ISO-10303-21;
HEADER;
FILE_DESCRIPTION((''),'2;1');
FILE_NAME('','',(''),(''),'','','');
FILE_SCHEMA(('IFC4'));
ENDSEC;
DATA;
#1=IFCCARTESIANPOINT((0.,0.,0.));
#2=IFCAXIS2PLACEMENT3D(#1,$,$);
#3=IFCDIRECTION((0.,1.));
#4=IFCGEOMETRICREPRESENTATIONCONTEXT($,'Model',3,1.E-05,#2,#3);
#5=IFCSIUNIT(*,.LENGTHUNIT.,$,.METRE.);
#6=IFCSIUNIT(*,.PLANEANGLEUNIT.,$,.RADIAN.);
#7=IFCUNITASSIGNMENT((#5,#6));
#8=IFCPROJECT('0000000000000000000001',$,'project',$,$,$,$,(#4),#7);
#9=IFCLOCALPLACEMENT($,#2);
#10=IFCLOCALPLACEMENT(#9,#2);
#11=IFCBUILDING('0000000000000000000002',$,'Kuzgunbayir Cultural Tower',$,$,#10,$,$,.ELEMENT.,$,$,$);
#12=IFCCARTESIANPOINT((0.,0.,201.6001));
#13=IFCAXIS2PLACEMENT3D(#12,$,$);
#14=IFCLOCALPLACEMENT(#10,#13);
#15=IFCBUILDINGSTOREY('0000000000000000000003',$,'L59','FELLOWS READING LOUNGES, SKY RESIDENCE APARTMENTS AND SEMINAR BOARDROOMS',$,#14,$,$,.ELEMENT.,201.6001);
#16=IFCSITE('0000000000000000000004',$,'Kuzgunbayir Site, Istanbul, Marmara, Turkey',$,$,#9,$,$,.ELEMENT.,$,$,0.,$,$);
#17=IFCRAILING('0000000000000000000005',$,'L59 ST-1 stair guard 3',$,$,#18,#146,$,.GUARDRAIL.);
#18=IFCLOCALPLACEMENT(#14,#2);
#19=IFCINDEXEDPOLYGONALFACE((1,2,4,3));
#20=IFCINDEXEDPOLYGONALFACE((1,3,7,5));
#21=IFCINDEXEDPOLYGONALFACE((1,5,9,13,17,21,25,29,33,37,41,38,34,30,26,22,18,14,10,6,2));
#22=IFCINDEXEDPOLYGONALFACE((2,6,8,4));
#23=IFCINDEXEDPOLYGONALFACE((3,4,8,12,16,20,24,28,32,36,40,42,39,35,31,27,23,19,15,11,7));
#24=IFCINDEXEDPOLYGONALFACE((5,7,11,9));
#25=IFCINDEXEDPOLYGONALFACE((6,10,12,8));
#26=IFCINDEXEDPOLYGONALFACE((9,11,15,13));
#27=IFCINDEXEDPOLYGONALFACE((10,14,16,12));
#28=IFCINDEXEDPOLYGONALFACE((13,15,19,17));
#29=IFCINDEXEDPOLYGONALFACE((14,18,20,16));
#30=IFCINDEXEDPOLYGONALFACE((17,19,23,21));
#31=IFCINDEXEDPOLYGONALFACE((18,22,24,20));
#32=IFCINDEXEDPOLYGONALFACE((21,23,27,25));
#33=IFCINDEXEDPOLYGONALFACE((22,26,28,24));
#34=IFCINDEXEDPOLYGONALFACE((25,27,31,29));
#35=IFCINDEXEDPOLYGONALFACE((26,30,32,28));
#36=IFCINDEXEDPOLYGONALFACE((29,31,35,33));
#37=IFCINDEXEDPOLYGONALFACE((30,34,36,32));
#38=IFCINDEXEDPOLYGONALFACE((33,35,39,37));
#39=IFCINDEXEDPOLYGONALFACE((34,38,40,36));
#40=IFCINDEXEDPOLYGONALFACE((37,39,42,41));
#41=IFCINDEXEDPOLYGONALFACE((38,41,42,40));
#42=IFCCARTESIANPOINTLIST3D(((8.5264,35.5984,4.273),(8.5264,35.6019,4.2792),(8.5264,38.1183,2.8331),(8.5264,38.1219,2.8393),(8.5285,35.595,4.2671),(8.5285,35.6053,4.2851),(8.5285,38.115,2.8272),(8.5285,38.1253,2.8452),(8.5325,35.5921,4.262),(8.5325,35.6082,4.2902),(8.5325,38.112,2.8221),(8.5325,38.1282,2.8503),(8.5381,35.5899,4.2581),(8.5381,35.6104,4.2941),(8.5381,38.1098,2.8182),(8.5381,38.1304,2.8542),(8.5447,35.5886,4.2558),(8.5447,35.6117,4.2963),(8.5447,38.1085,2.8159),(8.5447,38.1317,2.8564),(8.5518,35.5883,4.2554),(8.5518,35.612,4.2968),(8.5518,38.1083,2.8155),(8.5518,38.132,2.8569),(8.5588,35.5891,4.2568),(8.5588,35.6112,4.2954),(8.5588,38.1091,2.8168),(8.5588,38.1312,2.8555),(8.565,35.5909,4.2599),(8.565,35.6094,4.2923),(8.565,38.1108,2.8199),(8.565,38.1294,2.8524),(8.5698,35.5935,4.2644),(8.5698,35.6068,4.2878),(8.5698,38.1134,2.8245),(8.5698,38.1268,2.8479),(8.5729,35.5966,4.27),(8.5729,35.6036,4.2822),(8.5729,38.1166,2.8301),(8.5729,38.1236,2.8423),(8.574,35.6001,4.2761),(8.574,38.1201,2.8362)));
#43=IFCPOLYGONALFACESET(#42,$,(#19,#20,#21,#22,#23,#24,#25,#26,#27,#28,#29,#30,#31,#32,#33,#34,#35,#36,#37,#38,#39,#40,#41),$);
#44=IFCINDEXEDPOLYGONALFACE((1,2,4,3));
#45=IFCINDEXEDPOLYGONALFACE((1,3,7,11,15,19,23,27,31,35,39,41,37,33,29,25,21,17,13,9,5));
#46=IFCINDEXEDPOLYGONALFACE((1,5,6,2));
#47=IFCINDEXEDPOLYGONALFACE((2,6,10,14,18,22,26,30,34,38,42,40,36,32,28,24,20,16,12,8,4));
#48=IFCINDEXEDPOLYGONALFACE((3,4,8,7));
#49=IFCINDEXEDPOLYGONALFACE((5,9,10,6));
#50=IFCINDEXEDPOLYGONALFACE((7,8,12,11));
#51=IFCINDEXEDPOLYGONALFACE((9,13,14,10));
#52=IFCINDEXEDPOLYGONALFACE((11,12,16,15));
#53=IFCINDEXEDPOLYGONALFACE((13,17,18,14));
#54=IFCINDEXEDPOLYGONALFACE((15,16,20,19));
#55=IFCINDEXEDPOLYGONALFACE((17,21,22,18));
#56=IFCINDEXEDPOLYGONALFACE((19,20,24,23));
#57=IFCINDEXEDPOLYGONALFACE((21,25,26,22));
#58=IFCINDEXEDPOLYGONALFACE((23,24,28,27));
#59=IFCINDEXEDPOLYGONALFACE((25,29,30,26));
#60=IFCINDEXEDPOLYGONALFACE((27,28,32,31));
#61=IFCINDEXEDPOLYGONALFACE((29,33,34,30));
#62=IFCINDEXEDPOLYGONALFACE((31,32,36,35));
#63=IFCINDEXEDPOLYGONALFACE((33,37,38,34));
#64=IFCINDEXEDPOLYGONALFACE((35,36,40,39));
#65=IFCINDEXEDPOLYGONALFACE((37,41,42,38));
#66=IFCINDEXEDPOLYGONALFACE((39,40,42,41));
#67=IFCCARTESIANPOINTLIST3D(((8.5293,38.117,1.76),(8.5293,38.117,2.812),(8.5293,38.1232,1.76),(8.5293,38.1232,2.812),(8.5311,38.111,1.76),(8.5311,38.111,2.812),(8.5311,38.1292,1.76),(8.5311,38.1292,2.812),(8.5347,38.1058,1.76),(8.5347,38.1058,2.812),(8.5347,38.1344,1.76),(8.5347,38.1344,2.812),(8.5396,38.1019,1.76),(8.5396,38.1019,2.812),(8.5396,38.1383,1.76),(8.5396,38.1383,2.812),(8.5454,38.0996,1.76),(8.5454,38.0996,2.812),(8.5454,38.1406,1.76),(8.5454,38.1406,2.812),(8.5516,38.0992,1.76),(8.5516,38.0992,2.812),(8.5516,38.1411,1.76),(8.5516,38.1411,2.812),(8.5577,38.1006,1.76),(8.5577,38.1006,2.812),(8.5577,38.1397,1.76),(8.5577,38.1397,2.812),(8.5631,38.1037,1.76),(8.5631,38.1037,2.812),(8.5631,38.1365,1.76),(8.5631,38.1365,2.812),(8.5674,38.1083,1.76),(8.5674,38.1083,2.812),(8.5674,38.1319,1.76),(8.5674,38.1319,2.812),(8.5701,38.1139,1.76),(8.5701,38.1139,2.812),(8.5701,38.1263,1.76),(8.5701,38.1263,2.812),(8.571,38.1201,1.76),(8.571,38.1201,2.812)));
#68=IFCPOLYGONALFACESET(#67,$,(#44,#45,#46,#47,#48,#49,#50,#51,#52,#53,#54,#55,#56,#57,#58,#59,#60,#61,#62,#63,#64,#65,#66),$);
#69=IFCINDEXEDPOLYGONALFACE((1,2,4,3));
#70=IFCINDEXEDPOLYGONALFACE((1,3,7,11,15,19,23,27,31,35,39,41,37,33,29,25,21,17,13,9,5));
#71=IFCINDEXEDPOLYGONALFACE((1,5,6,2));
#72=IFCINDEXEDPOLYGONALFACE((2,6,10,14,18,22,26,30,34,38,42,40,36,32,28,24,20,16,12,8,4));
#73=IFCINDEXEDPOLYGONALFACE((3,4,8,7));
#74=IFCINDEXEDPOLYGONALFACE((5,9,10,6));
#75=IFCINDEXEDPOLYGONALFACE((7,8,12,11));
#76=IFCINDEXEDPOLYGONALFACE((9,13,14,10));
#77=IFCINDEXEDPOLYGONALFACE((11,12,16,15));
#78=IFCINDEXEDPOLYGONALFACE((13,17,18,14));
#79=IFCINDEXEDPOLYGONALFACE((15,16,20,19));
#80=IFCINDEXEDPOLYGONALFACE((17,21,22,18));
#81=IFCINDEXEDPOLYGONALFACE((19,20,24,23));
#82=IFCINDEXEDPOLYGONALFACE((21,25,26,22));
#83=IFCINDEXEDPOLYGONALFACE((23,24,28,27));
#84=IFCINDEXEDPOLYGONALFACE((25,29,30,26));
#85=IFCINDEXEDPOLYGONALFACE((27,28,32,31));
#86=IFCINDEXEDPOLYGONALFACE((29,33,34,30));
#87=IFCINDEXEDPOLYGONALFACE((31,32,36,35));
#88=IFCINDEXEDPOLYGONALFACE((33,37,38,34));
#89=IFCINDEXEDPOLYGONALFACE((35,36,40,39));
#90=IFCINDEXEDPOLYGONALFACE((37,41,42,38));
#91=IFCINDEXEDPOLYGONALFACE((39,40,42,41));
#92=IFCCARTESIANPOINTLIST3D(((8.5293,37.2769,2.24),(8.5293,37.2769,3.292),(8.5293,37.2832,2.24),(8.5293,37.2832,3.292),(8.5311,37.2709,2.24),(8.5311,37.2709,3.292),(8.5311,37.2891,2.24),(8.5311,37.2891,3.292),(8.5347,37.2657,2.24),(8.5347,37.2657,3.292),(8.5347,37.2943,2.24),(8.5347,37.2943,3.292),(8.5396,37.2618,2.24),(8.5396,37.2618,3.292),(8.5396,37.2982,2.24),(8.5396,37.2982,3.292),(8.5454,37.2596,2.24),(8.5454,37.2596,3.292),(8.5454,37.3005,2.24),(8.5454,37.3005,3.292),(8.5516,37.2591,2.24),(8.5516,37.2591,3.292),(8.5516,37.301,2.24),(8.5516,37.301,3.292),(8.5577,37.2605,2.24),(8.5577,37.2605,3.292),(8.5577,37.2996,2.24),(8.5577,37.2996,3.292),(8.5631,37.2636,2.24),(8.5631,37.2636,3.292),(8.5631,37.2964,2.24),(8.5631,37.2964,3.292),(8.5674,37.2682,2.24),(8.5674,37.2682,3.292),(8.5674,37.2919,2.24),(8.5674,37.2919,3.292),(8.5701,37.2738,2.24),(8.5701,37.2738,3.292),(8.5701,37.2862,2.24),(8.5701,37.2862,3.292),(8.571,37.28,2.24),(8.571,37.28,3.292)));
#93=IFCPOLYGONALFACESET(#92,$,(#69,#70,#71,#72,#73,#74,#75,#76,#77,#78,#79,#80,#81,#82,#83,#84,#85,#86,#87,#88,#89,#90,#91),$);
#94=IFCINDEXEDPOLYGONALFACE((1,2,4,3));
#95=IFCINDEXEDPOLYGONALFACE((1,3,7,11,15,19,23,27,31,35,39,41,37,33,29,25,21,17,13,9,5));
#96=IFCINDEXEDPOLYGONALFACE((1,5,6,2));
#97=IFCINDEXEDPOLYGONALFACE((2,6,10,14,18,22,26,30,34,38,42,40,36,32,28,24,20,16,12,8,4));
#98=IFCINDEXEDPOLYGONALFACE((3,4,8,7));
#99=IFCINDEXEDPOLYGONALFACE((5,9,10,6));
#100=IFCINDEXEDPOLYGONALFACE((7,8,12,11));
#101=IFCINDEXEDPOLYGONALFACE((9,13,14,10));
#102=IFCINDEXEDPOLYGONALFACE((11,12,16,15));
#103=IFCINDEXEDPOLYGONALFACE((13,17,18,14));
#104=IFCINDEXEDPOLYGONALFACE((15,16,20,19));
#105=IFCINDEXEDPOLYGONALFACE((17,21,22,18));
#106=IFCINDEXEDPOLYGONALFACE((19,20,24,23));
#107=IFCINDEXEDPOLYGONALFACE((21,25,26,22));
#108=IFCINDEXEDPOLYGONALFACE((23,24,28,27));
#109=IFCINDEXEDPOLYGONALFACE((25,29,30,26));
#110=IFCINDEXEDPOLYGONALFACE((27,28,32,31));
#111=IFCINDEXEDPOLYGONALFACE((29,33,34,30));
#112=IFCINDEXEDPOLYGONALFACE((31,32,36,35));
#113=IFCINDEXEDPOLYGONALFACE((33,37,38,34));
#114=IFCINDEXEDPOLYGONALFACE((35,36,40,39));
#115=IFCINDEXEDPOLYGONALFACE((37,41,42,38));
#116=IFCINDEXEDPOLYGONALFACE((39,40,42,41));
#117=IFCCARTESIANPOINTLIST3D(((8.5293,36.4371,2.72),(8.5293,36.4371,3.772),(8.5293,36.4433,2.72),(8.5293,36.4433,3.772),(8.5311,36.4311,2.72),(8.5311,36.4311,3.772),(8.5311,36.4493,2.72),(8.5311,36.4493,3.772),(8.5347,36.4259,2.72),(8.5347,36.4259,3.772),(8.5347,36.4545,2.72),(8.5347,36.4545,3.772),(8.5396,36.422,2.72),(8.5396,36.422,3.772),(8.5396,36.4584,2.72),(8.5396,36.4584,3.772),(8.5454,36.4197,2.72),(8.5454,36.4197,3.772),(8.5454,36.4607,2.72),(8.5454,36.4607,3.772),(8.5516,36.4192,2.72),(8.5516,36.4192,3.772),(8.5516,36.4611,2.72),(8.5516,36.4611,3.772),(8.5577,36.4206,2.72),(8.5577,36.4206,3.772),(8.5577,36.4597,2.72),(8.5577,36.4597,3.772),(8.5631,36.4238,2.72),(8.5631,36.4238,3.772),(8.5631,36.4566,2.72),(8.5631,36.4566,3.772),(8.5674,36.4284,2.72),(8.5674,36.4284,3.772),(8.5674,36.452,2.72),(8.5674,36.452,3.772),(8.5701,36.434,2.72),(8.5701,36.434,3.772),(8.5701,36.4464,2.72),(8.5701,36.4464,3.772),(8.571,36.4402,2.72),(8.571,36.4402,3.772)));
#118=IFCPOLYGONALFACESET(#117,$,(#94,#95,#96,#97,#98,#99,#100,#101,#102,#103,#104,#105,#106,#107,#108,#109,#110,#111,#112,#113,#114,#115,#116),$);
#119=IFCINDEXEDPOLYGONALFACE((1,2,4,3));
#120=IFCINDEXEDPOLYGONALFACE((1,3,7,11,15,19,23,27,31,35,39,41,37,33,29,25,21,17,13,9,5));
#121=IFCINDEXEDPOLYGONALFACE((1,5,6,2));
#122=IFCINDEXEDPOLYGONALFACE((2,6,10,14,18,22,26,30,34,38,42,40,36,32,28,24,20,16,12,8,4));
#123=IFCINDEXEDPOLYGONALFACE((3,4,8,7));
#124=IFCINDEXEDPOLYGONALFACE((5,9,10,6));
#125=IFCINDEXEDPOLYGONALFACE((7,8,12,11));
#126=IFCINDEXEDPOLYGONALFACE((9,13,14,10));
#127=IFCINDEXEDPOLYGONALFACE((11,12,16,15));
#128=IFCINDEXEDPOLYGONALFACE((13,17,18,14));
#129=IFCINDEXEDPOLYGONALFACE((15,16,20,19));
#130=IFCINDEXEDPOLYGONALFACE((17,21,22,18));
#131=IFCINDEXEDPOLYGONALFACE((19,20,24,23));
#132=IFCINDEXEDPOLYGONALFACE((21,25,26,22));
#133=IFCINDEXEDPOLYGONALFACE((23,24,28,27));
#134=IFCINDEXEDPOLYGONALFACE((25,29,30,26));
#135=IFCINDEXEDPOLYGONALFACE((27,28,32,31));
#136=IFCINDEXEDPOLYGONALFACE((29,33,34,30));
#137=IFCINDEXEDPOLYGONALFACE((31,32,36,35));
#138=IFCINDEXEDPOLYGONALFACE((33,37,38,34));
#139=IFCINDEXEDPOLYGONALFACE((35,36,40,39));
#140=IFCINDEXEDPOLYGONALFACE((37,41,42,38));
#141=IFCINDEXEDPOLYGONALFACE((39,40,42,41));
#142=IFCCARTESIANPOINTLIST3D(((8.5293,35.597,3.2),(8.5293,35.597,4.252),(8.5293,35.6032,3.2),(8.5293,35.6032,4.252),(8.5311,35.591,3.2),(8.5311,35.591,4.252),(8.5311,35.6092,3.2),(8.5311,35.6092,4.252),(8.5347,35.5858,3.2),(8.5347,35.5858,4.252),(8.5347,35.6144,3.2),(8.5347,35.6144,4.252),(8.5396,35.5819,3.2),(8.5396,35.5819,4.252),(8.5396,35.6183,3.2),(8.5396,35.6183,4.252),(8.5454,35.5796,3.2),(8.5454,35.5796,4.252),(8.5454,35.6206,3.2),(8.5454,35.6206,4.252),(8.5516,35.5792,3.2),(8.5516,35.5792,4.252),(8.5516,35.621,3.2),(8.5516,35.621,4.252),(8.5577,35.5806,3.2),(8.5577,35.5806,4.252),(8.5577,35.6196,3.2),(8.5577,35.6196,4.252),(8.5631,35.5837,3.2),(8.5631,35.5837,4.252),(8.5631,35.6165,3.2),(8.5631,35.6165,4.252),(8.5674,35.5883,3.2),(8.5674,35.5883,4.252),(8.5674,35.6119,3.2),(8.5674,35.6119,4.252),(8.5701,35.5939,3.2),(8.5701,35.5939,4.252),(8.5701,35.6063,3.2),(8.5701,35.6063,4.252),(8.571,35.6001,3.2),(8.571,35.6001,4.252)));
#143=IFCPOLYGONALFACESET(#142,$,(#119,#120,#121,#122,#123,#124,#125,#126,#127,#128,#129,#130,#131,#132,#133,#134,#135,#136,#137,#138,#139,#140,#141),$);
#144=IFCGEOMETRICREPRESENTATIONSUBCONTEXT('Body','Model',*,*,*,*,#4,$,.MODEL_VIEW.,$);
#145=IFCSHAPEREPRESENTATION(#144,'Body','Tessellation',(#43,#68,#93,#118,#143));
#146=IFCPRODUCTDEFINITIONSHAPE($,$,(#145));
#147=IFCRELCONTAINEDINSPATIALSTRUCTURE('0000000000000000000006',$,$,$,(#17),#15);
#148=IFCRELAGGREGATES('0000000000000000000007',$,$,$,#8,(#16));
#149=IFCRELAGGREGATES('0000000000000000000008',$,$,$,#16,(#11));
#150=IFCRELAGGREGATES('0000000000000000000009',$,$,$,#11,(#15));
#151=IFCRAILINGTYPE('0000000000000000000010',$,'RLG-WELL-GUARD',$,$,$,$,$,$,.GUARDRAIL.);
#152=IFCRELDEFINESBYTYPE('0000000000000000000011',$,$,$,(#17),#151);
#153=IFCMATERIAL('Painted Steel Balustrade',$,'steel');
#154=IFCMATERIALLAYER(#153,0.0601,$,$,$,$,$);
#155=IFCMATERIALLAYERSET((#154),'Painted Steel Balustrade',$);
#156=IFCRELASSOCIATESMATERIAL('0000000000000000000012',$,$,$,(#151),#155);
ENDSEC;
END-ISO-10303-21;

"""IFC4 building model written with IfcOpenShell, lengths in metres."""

from ifc_helpers import new_model, si_unit, direction, frame, origin, origin_2d, place, context, subcontext, project, spatial, circle, extrude, material, layer, layer_set, type_object, element, save


model = new_model("IFC4")

# Units and contexts
model_context = context("Model", 3, precision=1e-05, world=origin(), true_north=direction((0.0, 1.0)))
body_context = subcontext(model_context, "Body", "Model", "MODEL_VIEW")
ifc_project = project(units=[si_unit("LENGTHUNIT", "METRE"), si_unit("PLANEANGLEUNIT", "RADIAN")], contexts=[model_context])

# Site, building, storey
site_placement = place(None, origin())
site = spatial("IfcSite", under=ifc_project, at=site_placement, Name="Kuzgunbayir Site, Istanbul, Marmara, Turkey", CompositionType="ELEMENT", RefElevation=0.0)
building_placement = place(site_placement, origin())
building = spatial("IfcBuilding", under=site, at=building_placement, Name="Kuzgunbayir Cultural Tower", CompositionType="ELEMENT")
storey_placement = place(building_placement, frame((0.0, 0.0, 201.6001)))
storey = spatial("IfcBuildingStorey", under=building, at=storey_placement, Name="L59", Description="FELLOWS READING LOUNGES, SKY RESIDENCE APARTMENTS AND SEMINAR BOARDROOMS", CompositionType="ELEMENT", Elevation=201.6001)

# Railing
ifc_material_1 = material(Name="Painted Steel Balustrade", Category="steel")
ifc_layer_1 = layer(ifc_material_1, 0.0601)
ifc_layer_set_1 = layer_set([ifc_layer_1], Name="Painted Steel Balustrade")
railing_type_1 = type_object("IfcRailingType", Name="RLG-WELL-GUARD", PredefinedType="GUARDRAIL", material=ifc_layer_set_1)
railing_1_placement = place(storey_placement, frame((8.55, 38.1201, 1.76)))
element("IfcRailing", 1, at=railing_1_placement, inside=storey, type_object=railing_type_1, Name="L59 ST-1 stair guard 3", PredefinedType="GUARDRAIL", context=body_context, shape_type="SweptSolid", body=[
    extrude(circle(Radius=0.0239, at=origin_2d()), frame((0.0, 0.0, 1.0762), z_axis=(0.0, -0.868253, 0.496121), x_axis=(1.0, 0.0, 0.0)), (0.0, 0.0, 1.0), 2.9023),
    extrude(circle(Radius=0.021, at=origin_2d()), origin(), (0.0, 0.0, 1.0), 1.052),
    extrude(circle(Radius=0.021, at=origin_2d()), frame((0.0, -0.8401, 0.48)), (0.0, 0.0, 1.0), 1.052),
    extrude(circle(Radius=0.021, at=origin_2d()), frame((0.0, -1.6799, 0.96)), (0.0, 0.0, 1.0), 1.052),
    extrude(circle(Radius=0.021, at=origin_2d()), frame((0.0, -2.52, 1.4399)), (0.0, 0.0, 1.0), 1.052),
])

save(model, "model.ifc")
